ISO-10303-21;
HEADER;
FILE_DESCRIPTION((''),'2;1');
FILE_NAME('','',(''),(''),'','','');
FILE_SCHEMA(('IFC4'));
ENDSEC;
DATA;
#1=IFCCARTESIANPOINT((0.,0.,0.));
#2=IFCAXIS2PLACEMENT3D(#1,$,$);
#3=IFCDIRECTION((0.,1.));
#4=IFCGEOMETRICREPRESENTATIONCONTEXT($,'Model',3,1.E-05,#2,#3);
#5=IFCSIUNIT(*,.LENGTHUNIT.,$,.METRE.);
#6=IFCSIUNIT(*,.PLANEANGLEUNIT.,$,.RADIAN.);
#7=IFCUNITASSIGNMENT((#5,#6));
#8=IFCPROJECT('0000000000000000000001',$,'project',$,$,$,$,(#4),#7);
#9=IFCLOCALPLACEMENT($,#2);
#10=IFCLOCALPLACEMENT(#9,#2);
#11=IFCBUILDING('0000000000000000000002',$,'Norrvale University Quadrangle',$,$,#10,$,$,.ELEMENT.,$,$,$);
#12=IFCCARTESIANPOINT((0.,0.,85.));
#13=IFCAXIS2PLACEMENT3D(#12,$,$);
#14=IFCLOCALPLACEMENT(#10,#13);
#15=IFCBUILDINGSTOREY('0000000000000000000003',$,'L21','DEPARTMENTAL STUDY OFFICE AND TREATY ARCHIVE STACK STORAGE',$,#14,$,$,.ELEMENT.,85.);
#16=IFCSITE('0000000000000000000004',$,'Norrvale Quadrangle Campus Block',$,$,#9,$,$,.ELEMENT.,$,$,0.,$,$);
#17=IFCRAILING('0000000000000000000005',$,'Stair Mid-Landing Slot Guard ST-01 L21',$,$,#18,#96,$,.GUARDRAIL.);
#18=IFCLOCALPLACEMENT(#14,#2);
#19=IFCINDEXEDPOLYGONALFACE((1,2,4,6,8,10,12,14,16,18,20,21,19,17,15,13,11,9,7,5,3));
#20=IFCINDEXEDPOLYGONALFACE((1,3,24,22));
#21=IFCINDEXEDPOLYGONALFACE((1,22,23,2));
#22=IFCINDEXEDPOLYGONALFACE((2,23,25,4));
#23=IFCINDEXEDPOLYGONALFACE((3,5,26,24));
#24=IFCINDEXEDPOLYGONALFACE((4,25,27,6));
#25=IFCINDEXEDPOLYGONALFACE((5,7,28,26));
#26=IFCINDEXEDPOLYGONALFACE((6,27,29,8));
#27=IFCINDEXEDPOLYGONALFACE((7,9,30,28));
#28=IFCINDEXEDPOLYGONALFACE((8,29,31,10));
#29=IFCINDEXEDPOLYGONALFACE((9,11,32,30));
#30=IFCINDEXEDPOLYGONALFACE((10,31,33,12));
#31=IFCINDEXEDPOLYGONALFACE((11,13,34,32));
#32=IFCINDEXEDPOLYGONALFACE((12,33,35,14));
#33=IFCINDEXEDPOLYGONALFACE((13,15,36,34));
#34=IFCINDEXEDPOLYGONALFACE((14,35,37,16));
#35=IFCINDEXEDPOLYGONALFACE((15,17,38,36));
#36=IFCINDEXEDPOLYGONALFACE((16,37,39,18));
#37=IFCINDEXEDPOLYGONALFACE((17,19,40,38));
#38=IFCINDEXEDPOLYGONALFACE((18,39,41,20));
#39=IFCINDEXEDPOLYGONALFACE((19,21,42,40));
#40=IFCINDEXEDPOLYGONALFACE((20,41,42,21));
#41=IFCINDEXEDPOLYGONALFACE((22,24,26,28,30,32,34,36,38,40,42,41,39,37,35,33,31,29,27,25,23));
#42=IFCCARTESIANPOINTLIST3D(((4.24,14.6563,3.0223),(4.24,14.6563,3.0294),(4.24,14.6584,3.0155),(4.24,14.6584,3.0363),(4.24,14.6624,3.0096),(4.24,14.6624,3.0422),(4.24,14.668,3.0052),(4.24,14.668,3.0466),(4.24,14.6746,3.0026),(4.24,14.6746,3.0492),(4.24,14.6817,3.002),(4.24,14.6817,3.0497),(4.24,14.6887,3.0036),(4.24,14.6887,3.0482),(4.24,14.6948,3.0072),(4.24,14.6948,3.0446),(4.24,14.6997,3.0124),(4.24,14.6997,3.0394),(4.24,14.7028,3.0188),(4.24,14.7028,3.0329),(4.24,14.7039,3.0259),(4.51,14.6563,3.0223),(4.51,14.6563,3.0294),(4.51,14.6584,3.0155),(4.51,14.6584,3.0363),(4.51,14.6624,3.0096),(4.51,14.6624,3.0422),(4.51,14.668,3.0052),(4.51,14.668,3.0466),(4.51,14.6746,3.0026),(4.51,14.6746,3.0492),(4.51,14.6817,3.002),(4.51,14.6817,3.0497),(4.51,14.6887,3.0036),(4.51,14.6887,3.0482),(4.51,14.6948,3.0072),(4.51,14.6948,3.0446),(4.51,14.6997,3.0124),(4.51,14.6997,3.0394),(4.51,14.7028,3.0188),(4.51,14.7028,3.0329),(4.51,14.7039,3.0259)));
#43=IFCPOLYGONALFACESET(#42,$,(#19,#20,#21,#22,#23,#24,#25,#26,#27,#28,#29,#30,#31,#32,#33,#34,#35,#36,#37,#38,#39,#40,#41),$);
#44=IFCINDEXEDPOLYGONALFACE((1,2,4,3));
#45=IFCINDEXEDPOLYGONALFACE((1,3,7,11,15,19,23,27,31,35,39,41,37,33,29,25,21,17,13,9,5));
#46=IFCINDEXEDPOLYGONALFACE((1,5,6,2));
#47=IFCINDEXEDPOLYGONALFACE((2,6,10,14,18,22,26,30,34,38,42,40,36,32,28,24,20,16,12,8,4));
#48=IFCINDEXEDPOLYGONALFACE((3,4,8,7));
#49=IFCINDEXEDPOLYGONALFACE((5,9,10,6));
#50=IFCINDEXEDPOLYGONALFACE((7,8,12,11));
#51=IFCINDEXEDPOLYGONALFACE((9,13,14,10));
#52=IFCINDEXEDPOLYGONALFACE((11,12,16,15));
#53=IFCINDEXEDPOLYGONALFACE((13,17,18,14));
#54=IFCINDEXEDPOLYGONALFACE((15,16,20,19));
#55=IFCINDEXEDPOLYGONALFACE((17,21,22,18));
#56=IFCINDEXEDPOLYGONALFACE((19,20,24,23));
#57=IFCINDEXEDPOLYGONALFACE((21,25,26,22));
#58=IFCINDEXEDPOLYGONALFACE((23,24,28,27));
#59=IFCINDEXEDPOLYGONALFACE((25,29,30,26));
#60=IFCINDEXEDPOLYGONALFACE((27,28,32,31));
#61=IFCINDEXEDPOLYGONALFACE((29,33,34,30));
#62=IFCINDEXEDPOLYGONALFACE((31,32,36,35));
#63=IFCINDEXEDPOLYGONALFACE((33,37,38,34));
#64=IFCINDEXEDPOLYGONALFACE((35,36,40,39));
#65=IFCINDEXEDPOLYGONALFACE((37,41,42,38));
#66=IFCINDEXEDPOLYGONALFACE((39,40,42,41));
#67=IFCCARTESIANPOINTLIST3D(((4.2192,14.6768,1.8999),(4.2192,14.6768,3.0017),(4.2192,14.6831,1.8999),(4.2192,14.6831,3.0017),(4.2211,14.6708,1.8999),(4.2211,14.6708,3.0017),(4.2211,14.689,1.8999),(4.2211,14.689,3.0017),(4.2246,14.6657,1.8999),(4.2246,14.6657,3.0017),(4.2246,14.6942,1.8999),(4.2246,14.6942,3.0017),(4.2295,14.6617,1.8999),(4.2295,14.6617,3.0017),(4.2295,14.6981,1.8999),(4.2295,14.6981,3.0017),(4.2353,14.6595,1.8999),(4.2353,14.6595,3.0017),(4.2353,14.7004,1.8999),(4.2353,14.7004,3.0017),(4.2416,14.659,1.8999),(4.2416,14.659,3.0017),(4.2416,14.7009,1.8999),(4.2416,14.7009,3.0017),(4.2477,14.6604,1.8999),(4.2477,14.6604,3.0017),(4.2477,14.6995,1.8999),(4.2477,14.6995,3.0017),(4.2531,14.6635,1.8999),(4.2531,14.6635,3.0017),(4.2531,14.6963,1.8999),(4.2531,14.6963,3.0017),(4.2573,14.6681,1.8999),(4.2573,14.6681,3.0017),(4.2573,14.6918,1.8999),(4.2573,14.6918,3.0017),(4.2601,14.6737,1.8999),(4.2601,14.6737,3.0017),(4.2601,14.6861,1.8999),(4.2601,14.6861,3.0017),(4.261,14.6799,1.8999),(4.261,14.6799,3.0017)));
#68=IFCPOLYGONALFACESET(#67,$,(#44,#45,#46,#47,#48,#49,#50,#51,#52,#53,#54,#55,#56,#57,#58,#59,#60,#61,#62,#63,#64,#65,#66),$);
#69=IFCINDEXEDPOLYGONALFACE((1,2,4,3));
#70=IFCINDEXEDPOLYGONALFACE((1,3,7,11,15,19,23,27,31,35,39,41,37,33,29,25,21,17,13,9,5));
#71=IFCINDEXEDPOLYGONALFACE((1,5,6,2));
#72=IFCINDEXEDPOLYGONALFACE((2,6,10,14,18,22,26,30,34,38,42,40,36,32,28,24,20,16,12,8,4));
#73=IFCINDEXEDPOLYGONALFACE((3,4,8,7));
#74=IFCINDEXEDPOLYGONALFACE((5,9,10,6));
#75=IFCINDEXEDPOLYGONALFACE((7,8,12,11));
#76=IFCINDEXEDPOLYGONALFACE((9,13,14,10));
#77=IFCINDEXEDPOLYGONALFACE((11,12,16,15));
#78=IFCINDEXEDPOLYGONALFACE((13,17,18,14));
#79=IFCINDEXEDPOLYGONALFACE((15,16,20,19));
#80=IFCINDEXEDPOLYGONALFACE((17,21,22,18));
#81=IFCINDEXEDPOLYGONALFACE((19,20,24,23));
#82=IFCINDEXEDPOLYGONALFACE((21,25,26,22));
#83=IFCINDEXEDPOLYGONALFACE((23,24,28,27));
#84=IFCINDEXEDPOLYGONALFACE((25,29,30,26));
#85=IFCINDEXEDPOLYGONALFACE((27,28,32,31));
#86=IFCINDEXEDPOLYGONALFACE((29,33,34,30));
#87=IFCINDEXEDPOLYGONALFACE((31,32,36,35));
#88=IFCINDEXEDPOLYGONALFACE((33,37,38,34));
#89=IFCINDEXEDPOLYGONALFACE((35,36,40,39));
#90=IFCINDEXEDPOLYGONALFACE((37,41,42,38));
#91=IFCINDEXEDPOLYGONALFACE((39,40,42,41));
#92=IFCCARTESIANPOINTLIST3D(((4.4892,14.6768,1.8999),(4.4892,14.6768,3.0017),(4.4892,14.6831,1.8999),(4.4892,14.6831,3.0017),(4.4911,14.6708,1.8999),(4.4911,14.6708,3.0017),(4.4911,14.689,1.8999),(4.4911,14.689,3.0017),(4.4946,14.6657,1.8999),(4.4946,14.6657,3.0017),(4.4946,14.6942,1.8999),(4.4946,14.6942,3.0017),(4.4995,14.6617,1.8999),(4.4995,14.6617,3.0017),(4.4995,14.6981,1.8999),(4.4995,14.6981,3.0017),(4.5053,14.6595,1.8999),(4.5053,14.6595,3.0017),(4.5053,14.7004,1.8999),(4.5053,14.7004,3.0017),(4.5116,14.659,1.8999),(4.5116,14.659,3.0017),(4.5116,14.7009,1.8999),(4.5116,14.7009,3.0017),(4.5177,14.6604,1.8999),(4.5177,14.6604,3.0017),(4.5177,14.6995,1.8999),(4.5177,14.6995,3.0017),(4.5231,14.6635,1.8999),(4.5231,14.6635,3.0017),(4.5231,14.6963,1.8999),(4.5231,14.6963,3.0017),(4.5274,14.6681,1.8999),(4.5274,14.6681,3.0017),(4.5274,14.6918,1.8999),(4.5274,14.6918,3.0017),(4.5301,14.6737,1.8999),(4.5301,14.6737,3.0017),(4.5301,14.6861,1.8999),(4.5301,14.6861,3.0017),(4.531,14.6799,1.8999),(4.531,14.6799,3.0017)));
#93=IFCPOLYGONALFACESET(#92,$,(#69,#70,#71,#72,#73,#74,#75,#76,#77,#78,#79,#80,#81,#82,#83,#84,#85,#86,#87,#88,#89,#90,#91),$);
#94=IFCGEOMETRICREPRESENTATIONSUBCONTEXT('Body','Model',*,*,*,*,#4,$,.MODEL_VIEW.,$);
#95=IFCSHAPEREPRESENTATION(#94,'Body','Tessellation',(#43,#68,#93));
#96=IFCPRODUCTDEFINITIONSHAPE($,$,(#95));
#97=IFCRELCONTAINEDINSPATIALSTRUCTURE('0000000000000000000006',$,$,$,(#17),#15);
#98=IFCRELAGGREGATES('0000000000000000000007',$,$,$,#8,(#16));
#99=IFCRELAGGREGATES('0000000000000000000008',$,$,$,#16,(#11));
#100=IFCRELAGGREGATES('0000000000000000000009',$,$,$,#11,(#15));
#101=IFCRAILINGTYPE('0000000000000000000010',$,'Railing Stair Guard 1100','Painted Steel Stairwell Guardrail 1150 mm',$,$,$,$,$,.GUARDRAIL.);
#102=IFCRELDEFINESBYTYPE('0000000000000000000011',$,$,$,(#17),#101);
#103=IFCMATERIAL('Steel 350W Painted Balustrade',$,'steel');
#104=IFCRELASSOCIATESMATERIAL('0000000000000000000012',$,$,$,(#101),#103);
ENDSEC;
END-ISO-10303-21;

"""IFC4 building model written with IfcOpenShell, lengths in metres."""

from ifc_helpers import new_model, si_unit, direction, frame, origin, origin_2d, place, context, subcontext, project, spatial, circle, extrude, material, type_object, element, save


model = new_model("IFC4")

# Units and contexts
model_context = context("Model", 3, precision=1e-05, world=origin(), true_north=direction((0.0, 1.0)))
body_context = subcontext(model_context, "Body", "Model", "MODEL_VIEW")
ifc_project = project(units=[si_unit("LENGTHUNIT", "METRE"), si_unit("PLANEANGLEUNIT", "RADIAN")], contexts=[model_context])

# Site, building, storey
site_placement = place(None, origin())
site = spatial("IfcSite", under=ifc_project, at=site_placement, Name="Norrvale Quadrangle Campus Block", CompositionType="ELEMENT", RefElevation=0.0)
building_placement = place(site_placement, origin())
building = spatial("IfcBuilding", under=site, at=building_placement, Name="Norrvale University Quadrangle", CompositionType="ELEMENT")
storey_placement = place(building_placement, frame((0.0, 0.0, 85.0)))
storey = spatial("IfcBuildingStorey", under=building, at=storey_placement, Name="L21", Description="DEPARTMENTAL STUDY OFFICE AND TREATY ARCHIVE STACK STORAGE", CompositionType="ELEMENT", Elevation=85.0)

# Railing
ifc_material_1 = material(Name="Steel 350W Painted Balustrade", Category="steel")
railing_type_1 = type_object("IfcRailingType", Name="Railing Stair Guard 1100", Description="Painted Steel Stairwell Guardrail 1150 mm", PredefinedType="GUARDRAIL", material=ifc_material_1)
railing_1_placement = place(storey_placement, frame((4.24, 14.6799, 1.8999)))
element("IfcRailing", 1, at=railing_1_placement, inside=storey, type_object=railing_type_1, Name="Stair Mid-Landing Slot Guard ST-01 L21", PredefinedType="GUARDRAIL", context=body_context, shape_type="SweptSolid", body=[
    extrude(circle(Radius=0.0239, at=origin_2d()), frame((0.0, 0.0, 1.126), z_axis=(1.0, 0.0, 0.0), x_axis=(0.0, 1.0, 0.0)), (0.0, 0.0, 1.0), 0.27),
    extrude(circle(Radius=0.021, at=origin_2d()), origin(), (0.0, 0.0, 1.0), 1.1018),
    extrude(circle(Radius=0.021, at=origin_2d()), frame((0.27, 0.0, 0.0)), (0.0, 0.0, 1.0), 1.1018),
])

save(model, "model.ifc")
